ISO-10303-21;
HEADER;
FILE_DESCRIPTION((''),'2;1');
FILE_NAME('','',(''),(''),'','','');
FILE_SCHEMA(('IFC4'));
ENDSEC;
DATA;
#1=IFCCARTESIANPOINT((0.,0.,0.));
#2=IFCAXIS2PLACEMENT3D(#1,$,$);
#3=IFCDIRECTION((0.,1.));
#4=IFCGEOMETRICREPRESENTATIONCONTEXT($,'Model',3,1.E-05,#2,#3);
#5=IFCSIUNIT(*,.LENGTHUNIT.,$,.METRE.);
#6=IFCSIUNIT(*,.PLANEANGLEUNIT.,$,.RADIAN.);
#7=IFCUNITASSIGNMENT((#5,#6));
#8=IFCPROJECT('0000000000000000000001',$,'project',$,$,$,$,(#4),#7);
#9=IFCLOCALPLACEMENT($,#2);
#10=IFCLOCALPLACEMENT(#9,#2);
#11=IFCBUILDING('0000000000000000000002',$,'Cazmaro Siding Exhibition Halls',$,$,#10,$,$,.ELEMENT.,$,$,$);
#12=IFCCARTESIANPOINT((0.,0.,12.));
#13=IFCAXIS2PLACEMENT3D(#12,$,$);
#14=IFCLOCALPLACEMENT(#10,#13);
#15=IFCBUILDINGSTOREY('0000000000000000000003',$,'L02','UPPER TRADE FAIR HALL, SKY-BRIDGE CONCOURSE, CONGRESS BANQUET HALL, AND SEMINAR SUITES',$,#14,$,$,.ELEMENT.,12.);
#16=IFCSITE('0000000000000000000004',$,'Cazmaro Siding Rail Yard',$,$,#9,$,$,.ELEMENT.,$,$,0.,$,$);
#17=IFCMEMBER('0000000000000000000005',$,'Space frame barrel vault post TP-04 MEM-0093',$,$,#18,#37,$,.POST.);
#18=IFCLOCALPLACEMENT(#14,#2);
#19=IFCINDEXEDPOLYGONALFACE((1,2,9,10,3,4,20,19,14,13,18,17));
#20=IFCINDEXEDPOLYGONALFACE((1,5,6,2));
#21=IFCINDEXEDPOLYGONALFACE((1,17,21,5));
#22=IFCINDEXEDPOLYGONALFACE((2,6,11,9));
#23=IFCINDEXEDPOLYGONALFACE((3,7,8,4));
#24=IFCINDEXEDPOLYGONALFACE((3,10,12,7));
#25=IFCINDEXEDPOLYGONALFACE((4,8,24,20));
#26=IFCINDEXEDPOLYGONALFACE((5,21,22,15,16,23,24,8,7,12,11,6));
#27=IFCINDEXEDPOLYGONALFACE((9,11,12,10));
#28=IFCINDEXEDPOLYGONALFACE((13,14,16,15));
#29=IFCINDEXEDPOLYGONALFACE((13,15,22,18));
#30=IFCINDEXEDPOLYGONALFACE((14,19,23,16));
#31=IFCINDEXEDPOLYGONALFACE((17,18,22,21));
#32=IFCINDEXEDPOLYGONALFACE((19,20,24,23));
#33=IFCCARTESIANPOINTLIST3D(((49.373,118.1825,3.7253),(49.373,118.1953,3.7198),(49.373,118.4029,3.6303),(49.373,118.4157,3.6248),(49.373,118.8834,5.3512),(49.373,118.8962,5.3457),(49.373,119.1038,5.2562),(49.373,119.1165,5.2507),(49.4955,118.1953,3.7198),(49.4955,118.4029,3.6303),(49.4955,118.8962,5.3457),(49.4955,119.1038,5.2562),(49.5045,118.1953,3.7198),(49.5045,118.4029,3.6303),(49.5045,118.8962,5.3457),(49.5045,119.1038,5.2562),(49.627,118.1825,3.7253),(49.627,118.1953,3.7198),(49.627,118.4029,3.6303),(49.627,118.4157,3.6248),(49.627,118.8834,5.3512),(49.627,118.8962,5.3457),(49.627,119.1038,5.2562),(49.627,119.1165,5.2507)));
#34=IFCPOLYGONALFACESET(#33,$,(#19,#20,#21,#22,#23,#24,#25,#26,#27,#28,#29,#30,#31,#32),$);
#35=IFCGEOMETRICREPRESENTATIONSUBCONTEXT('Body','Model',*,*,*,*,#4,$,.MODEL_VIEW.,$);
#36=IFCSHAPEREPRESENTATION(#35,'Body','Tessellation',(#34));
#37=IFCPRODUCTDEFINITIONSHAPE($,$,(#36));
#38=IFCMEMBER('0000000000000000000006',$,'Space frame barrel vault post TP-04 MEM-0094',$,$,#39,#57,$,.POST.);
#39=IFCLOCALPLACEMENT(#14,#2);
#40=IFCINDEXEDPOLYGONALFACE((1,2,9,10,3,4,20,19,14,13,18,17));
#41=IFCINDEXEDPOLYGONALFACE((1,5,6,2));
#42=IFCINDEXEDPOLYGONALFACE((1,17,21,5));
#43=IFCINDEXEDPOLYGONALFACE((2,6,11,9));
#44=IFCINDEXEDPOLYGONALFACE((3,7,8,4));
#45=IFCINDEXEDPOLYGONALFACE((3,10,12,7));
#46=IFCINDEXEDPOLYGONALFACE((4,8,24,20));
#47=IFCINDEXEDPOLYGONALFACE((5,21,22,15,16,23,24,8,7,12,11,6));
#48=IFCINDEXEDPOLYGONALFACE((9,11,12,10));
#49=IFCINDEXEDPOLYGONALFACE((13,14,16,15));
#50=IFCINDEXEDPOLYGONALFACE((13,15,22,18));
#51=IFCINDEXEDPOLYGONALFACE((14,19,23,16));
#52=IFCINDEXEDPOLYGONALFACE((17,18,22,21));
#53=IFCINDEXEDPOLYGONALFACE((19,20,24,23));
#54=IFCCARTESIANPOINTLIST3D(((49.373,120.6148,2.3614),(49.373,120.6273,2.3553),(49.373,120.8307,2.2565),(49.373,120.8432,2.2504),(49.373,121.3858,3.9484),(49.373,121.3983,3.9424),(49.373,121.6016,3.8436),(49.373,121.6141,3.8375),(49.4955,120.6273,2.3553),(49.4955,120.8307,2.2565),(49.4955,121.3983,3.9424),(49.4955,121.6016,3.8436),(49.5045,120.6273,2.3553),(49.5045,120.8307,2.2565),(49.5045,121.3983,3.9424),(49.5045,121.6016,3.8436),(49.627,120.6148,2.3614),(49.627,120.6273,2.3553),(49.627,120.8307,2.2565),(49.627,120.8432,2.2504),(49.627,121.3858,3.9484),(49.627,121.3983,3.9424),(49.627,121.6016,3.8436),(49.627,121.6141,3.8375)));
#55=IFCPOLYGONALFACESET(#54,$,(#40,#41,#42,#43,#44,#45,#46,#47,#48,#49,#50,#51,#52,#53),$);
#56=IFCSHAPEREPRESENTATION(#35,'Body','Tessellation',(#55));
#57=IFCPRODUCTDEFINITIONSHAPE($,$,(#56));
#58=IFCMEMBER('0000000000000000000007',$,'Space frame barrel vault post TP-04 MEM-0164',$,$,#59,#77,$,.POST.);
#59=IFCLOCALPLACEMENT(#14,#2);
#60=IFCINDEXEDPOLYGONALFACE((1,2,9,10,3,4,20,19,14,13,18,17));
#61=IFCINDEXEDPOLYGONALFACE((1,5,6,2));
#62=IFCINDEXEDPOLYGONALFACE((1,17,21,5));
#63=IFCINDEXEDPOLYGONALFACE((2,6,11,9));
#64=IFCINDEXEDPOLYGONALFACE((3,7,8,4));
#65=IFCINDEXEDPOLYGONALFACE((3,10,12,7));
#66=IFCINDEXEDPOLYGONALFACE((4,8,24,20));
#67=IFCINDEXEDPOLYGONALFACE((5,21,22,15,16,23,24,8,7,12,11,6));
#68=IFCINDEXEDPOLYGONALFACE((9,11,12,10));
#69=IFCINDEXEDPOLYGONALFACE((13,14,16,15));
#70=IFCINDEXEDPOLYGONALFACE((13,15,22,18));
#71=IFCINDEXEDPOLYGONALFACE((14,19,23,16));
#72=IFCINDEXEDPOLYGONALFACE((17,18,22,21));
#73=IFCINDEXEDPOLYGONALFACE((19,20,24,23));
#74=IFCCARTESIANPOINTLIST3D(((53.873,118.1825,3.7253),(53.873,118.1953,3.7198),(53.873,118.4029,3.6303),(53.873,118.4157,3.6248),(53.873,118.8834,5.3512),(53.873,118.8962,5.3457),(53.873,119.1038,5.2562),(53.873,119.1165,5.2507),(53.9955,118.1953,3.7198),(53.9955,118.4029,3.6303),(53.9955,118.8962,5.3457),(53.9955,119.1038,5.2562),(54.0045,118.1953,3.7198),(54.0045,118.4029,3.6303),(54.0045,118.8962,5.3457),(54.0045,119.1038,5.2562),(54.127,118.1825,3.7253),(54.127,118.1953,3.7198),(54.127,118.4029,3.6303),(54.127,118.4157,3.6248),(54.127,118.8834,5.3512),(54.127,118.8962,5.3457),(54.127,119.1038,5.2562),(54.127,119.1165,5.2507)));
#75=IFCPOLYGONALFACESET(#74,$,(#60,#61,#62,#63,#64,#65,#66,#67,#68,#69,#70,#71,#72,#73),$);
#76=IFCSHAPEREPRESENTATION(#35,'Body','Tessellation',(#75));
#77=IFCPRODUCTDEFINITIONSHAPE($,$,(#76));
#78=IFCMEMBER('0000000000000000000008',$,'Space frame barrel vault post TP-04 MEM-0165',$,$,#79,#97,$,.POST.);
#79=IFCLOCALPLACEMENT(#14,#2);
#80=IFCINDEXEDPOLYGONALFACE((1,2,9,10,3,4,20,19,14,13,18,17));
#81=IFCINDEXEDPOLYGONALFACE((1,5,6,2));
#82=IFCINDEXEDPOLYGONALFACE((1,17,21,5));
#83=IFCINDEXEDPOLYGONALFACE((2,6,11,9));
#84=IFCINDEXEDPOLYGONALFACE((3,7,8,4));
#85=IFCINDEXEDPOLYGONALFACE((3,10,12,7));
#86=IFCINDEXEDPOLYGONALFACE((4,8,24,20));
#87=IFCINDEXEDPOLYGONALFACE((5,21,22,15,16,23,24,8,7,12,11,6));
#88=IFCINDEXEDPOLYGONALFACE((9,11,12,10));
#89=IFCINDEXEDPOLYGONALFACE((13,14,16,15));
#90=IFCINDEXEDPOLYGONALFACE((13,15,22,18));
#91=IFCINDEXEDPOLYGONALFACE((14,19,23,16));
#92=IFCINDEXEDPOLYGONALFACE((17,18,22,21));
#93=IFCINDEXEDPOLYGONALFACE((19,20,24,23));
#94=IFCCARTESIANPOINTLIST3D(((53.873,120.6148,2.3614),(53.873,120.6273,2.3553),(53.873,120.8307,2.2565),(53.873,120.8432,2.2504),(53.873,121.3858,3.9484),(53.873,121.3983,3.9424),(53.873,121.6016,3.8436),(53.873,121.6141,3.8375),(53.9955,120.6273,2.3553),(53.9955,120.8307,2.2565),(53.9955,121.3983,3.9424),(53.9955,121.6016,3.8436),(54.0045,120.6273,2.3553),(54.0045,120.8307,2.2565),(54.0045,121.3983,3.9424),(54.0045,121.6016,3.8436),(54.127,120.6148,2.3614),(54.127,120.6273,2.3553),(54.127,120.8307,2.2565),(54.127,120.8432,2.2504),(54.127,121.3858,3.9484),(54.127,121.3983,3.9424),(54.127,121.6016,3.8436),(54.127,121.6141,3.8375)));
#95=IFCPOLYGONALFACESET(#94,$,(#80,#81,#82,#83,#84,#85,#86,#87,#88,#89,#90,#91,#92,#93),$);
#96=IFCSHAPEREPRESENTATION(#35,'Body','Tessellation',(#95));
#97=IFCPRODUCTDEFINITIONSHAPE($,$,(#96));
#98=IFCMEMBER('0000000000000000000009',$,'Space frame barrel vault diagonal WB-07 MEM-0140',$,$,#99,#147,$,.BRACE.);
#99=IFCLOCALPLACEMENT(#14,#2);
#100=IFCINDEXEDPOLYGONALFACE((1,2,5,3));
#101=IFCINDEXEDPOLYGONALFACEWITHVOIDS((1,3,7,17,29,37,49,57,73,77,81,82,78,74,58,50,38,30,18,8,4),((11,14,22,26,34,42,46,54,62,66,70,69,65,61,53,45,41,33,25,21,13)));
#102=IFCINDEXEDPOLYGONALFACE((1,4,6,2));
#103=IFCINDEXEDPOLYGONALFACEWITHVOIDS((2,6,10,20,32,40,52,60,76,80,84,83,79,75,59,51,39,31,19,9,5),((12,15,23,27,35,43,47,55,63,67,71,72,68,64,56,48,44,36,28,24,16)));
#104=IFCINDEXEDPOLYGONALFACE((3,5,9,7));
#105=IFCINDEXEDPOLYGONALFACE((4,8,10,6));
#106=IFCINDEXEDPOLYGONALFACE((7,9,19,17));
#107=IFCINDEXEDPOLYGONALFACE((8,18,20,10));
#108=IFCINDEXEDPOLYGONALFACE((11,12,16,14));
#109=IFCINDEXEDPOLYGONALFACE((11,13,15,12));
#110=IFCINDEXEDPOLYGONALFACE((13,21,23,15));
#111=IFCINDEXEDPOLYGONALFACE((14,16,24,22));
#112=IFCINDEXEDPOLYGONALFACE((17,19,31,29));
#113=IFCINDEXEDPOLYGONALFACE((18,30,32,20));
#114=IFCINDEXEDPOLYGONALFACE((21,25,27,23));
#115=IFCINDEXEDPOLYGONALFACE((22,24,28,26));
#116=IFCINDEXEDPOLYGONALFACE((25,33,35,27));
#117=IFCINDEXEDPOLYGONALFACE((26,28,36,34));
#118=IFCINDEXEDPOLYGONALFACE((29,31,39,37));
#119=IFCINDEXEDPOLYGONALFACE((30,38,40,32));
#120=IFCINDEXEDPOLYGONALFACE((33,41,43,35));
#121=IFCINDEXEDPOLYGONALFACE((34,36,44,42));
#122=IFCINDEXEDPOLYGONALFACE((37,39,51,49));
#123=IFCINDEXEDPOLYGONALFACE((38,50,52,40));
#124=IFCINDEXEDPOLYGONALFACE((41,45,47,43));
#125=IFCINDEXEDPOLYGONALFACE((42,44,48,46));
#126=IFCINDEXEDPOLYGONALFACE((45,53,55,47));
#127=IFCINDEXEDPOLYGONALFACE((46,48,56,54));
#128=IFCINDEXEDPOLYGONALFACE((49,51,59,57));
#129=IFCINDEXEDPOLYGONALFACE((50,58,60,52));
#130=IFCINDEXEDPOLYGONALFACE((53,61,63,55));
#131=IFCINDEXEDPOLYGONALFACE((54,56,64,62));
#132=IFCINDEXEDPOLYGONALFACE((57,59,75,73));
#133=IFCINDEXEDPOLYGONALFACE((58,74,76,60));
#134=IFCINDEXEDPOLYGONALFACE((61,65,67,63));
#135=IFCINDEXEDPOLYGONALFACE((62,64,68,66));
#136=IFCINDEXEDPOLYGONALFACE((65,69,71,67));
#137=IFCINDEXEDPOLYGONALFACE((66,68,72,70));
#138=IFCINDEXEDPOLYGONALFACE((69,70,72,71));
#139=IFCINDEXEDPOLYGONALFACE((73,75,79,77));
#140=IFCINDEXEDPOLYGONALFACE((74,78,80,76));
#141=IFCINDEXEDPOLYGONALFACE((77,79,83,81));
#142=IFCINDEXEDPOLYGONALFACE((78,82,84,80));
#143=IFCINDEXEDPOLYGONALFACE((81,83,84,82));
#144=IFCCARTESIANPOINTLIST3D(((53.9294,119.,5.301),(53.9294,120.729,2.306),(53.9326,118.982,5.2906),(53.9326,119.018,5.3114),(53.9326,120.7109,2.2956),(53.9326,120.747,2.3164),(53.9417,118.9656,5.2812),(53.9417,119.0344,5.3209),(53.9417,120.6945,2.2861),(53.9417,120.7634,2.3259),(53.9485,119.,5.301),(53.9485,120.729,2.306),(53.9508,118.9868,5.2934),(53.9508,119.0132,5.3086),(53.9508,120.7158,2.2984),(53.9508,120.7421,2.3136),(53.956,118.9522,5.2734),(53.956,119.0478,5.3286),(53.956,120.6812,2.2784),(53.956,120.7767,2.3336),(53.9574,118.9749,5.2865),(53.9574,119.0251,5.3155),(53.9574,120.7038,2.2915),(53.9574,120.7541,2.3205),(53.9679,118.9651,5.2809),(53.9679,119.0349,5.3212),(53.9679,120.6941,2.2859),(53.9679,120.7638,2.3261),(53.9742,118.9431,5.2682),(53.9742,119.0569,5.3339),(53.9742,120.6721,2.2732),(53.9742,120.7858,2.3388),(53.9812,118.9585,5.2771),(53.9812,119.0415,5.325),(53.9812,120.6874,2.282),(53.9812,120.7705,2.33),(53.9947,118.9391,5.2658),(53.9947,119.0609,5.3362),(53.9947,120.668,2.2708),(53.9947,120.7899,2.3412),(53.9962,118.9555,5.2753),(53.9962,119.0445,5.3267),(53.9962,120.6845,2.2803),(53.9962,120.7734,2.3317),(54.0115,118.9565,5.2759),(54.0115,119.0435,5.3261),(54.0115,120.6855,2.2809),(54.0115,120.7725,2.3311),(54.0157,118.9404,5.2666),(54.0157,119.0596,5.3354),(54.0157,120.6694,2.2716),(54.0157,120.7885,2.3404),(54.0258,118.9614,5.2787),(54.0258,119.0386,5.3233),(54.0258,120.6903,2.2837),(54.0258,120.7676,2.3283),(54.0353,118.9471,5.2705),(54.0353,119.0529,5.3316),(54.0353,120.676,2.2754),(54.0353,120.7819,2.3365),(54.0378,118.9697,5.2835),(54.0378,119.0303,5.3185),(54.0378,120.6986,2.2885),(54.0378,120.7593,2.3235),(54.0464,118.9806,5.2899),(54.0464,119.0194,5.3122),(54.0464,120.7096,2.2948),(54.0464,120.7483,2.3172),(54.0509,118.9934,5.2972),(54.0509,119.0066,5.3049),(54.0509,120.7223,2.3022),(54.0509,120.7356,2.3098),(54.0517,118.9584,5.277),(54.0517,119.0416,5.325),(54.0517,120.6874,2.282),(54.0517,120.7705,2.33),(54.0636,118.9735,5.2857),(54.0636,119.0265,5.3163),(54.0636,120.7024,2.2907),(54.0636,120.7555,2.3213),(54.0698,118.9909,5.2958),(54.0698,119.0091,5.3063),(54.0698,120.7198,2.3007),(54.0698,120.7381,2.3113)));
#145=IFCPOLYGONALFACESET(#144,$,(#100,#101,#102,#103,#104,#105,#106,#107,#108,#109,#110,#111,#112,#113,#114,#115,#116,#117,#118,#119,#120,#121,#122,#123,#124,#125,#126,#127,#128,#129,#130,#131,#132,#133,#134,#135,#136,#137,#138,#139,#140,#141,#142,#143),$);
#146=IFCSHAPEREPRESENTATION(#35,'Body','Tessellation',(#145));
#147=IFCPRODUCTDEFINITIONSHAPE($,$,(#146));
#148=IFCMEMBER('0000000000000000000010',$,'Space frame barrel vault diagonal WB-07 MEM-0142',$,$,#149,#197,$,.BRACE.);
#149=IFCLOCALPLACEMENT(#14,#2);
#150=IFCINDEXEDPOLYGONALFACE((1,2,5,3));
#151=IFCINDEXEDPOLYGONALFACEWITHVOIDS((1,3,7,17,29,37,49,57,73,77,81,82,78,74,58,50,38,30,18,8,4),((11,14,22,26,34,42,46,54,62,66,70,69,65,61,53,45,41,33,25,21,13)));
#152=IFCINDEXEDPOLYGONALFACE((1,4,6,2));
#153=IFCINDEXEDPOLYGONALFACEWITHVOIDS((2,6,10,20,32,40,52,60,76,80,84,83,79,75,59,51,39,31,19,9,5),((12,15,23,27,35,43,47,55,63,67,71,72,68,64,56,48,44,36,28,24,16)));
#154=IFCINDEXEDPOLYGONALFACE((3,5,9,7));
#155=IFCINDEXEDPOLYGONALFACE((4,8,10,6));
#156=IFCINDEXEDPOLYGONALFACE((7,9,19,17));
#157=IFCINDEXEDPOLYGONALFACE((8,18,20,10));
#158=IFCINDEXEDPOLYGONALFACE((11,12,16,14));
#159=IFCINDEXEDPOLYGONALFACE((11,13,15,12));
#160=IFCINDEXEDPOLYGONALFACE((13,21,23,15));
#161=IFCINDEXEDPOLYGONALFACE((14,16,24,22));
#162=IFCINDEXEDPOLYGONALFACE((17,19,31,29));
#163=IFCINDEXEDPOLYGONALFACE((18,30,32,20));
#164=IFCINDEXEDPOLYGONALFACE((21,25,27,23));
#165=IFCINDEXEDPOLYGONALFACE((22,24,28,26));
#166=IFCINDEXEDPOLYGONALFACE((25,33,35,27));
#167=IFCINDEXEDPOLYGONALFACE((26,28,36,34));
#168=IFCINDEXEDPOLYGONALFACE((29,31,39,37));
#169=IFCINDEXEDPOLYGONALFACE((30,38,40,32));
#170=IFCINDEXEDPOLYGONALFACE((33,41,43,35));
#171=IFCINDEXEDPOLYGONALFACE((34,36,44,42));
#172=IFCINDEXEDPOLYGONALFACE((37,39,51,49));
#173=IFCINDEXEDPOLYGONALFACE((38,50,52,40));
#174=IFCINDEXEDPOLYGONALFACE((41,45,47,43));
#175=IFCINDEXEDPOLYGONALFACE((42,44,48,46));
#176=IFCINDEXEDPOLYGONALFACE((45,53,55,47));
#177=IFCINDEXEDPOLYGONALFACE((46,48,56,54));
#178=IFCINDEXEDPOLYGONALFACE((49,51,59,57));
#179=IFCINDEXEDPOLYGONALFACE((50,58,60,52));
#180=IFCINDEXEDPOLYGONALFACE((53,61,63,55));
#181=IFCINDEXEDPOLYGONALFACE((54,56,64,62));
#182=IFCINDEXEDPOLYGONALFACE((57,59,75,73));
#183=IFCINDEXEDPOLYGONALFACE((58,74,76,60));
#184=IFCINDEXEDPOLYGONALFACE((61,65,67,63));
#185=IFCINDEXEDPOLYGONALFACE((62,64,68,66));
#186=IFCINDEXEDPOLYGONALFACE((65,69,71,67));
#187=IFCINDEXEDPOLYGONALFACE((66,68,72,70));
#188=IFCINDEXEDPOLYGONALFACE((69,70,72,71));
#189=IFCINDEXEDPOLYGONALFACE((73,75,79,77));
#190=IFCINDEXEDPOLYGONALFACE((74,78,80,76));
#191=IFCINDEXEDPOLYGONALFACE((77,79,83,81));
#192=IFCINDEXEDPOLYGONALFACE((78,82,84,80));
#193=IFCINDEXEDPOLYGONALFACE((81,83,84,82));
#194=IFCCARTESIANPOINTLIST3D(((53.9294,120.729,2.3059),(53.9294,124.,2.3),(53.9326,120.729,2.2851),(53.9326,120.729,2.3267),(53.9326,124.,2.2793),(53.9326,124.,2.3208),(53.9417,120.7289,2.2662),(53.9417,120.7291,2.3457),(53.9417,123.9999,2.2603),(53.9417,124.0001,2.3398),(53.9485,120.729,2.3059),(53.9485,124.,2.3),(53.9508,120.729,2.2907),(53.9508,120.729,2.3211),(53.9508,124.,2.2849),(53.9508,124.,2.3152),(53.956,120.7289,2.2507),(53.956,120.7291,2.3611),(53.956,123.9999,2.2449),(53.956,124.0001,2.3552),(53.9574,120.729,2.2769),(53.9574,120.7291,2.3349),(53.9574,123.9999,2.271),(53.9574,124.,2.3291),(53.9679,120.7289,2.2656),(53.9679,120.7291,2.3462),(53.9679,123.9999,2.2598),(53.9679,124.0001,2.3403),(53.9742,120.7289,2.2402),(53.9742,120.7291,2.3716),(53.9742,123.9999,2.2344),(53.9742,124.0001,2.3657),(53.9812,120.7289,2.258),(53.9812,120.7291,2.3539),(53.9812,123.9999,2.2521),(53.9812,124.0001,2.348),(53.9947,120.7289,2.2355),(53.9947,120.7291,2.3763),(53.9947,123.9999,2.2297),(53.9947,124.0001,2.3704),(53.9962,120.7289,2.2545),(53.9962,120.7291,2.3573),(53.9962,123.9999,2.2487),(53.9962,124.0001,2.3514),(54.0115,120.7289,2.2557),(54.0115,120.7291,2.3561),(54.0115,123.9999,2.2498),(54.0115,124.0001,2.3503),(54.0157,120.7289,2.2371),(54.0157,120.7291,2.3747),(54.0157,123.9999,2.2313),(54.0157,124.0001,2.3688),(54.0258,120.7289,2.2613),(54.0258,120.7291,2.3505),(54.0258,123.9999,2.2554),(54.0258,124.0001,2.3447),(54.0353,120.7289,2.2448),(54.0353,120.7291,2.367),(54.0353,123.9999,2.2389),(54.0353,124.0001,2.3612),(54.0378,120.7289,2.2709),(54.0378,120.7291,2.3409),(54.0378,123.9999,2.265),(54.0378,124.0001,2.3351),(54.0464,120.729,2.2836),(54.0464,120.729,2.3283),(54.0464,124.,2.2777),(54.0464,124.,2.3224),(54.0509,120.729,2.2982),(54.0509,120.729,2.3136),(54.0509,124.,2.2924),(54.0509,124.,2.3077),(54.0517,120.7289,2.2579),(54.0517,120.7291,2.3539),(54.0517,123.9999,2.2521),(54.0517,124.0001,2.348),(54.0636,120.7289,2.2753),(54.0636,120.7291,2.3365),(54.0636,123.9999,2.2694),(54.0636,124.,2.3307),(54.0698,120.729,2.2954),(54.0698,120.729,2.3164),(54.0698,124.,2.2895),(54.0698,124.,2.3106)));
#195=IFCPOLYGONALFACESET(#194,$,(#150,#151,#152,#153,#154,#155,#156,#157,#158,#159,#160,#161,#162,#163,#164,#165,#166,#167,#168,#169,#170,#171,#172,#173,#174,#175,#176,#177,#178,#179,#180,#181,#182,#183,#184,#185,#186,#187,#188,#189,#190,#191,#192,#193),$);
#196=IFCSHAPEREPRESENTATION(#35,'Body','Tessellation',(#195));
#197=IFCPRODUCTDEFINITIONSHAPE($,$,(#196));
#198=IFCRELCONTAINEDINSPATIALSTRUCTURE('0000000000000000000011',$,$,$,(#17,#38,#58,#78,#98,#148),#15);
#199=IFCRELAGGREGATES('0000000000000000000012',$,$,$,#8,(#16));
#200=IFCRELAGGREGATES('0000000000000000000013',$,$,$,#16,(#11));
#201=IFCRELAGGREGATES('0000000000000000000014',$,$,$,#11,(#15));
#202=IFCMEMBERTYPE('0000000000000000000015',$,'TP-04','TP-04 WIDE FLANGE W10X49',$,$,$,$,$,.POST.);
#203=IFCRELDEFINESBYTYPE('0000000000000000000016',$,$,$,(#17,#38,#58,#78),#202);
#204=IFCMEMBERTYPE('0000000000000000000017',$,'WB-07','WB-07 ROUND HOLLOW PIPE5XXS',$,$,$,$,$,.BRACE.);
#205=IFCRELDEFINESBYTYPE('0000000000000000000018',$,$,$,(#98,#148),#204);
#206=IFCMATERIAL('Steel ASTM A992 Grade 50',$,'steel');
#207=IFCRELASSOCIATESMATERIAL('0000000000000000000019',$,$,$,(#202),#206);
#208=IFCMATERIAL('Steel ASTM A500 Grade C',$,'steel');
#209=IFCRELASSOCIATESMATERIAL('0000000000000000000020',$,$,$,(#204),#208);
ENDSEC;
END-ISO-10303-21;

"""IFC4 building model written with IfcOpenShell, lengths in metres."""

from ifc_helpers import new_model, si_unit, direction, frame, origin, origin_2d, place, context, subcontext, project, spatial, hollow_circle, i_section, extrude, material, material_profile, profile_set, type_object, element, save


model = new_model("IFC4")

# Units and contexts
model_context = context("Model", 3, precision=1e-05, world=origin(), true_north=direction((0.0, 1.0)))
body_context = subcontext(model_context, "Body", "Model", "MODEL_VIEW")
ifc_project = project(units=[si_unit("LENGTHUNIT", "METRE"), si_unit("PLANEANGLEUNIT", "RADIAN")], contexts=[model_context])

# Site, building, storey
site_placement = place(None, origin())
site = spatial("IfcSite", under=ifc_project, at=site_placement, Name="Cazmaro Siding Rail Yard", CompositionType="ELEMENT", RefElevation=0.0)
building_placement = place(site_placement, origin())
building = spatial("IfcBuilding", under=site, at=building_placement, Name="Cazmaro Siding Exhibition Halls", CompositionType="ELEMENT")
storey_placement = place(building_placement, frame((0.0, 0.0, 12.0)))
storey = spatial("IfcBuildingStorey", under=building, at=storey_placement, Name="L02", Description="UPPER TRADE FAIR HALL, SKY-BRIDGE CONCOURSE, CONGRESS BANQUET HALL, AND SEMINAR SUITES", CompositionType="ELEMENT", Elevation=12.0)

# Members
ifc_material_1 = material(Name="Steel ASTM A992 Grade 50", Category="steel")
ifc_material_profile_1 = material_profile(ifc_material_1, i_section(OverallWidth=0.2539, OverallDepth=0.2539, WebThickness=0.009, FlangeThickness=0.0139, at=origin_2d()), Name="W10X49")
ifc_profile_set_1 = profile_set([ifc_material_profile_1], Name="Steel ASTM A992 Grade 50")
member_type_1 = type_object("IfcMemberType", Name="TP-04", Description="TP-04 WIDE FLANGE W10X49", PredefinedType="POST", material=ifc_profile_set_1)
member_1_placement = place(storey_placement, frame((49.5, 118.2991, 3.675), z_axis=(0.0, 0.395865, 0.918309), x_axis=(-1.0, 0.0, 0.0)))
element("IfcMember", 1, at=member_1_placement, inside=storey, type_object=member_type_1, Name="Space frame barrel vault post TP-04 MEM-0093", PredefinedType="POST", context=body_context, shape_type="SweptSolid", body=[
    extrude(i_section(OverallWidth=0.2539, OverallDepth=0.2539, WebThickness=0.009, FlangeThickness=0.0139, at=origin_2d()), origin(), (0.0, 0.0, 1.0), 1.7705),
])
member_2_placement = place(storey_placement, frame((49.5, 120.729, 2.3059), z_axis=(0.0, 0.436946, 0.899488), x_axis=(-1.0, 0.0, 0.0)))
element("IfcMember", 2, at=member_2_placement, inside=storey, type_object=member_type_1, Name="Space frame barrel vault post TP-04 MEM-0094", PredefinedType="POST", context=body_context, shape_type="SweptSolid", body=[
    extrude(i_section(OverallWidth=0.2539, OverallDepth=0.2539, WebThickness=0.009, FlangeThickness=0.0139, at=origin_2d()), origin(), (0.0, 0.0, 1.0), 1.7644),
])
member_3_placement = place(storey_placement, frame((54.0, 118.2991, 3.675), z_axis=(0.0, 0.395865, 0.918309), x_axis=(-1.0, 0.0, 0.0)))
element("IfcMember", 3, at=member_3_placement, inside=storey, type_object=member_type_1, Name="Space frame barrel vault post TP-04 MEM-0164", PredefinedType="POST", context=body_context, shape_type="SweptSolid", body=[
    extrude(i_section(OverallWidth=0.2539, OverallDepth=0.2539, WebThickness=0.009, FlangeThickness=0.0139, at=origin_2d()), origin(), (0.0, 0.0, 1.0), 1.7705),
])
member_4_placement = place(storey_placement, frame((54.0, 120.729, 2.3059), z_axis=(0.0, 0.436946, 0.899488), x_axis=(-1.0, 0.0, 0.0)))
element("IfcMember", 4, at=member_4_placement, inside=storey, type_object=member_type_1, Name="Space frame barrel vault post TP-04 MEM-0165", PredefinedType="POST", context=body_context, shape_type="SweptSolid", body=[
    extrude(i_section(OverallWidth=0.2539, OverallDepth=0.2539, WebThickness=0.009, FlangeThickness=0.0139, at=origin_2d()), origin(), (0.0, 0.0, 1.0), 1.7644),
])
ifc_material_2 = material(Name="Steel ASTM A500 Grade C", Category="steel")
ifc_material_profile_2 = material_profile(ifc_material_2, hollow_circle(Radius=0.0706, WallThickness=0.019, at=origin_2d()), Name="PIPE5XXS")
ifc_profile_set_2 = profile_set([ifc_material_profile_2], Name="Steel ASTM A500 Grade C")
member_type_2 = type_object("IfcMemberType", Name="WB-07", Description="WB-07 ROUND HOLLOW PIPE5XXS", PredefinedType="BRACE", material=ifc_profile_set_2)
member_5_placement = place(storey_placement, frame((54.0, 119.0, 5.301), z_axis=(0.0, 0.499951, -0.866054), x_axis=(-1.0, 0.0, 0.0)))
element("IfcMember", 5, at=member_5_placement, inside=storey, type_object=member_type_2, Name="Space frame barrel vault diagonal WB-07 MEM-0140", PredefinedType="BRACE", context=body_context, shape_type="SweptSolid", body=[
    extrude(hollow_circle(Radius=0.0706, WallThickness=0.019, at=origin_2d()), origin(), (0.0, 0.0, 1.0), 3.4583),
])
member_6_placement = place(storey_placement, frame((54.0, 120.729, 2.3059), z_axis=(0.0, 0.999998, -0.001791), x_axis=(-1.0, 0.0, 0.0)))
element("IfcMember", 6, at=member_6_placement, inside=storey, type_object=member_type_2, Name="Space frame barrel vault diagonal WB-07 MEM-0142", PredefinedType="BRACE", context=body_context, shape_type="SweptSolid", body=[
    extrude(hollow_circle(Radius=0.0706, WallThickness=0.019, at=origin_2d()), origin(), (0.0, 0.0, 1.0), 3.271),
])

save(model, "model.ifc")
